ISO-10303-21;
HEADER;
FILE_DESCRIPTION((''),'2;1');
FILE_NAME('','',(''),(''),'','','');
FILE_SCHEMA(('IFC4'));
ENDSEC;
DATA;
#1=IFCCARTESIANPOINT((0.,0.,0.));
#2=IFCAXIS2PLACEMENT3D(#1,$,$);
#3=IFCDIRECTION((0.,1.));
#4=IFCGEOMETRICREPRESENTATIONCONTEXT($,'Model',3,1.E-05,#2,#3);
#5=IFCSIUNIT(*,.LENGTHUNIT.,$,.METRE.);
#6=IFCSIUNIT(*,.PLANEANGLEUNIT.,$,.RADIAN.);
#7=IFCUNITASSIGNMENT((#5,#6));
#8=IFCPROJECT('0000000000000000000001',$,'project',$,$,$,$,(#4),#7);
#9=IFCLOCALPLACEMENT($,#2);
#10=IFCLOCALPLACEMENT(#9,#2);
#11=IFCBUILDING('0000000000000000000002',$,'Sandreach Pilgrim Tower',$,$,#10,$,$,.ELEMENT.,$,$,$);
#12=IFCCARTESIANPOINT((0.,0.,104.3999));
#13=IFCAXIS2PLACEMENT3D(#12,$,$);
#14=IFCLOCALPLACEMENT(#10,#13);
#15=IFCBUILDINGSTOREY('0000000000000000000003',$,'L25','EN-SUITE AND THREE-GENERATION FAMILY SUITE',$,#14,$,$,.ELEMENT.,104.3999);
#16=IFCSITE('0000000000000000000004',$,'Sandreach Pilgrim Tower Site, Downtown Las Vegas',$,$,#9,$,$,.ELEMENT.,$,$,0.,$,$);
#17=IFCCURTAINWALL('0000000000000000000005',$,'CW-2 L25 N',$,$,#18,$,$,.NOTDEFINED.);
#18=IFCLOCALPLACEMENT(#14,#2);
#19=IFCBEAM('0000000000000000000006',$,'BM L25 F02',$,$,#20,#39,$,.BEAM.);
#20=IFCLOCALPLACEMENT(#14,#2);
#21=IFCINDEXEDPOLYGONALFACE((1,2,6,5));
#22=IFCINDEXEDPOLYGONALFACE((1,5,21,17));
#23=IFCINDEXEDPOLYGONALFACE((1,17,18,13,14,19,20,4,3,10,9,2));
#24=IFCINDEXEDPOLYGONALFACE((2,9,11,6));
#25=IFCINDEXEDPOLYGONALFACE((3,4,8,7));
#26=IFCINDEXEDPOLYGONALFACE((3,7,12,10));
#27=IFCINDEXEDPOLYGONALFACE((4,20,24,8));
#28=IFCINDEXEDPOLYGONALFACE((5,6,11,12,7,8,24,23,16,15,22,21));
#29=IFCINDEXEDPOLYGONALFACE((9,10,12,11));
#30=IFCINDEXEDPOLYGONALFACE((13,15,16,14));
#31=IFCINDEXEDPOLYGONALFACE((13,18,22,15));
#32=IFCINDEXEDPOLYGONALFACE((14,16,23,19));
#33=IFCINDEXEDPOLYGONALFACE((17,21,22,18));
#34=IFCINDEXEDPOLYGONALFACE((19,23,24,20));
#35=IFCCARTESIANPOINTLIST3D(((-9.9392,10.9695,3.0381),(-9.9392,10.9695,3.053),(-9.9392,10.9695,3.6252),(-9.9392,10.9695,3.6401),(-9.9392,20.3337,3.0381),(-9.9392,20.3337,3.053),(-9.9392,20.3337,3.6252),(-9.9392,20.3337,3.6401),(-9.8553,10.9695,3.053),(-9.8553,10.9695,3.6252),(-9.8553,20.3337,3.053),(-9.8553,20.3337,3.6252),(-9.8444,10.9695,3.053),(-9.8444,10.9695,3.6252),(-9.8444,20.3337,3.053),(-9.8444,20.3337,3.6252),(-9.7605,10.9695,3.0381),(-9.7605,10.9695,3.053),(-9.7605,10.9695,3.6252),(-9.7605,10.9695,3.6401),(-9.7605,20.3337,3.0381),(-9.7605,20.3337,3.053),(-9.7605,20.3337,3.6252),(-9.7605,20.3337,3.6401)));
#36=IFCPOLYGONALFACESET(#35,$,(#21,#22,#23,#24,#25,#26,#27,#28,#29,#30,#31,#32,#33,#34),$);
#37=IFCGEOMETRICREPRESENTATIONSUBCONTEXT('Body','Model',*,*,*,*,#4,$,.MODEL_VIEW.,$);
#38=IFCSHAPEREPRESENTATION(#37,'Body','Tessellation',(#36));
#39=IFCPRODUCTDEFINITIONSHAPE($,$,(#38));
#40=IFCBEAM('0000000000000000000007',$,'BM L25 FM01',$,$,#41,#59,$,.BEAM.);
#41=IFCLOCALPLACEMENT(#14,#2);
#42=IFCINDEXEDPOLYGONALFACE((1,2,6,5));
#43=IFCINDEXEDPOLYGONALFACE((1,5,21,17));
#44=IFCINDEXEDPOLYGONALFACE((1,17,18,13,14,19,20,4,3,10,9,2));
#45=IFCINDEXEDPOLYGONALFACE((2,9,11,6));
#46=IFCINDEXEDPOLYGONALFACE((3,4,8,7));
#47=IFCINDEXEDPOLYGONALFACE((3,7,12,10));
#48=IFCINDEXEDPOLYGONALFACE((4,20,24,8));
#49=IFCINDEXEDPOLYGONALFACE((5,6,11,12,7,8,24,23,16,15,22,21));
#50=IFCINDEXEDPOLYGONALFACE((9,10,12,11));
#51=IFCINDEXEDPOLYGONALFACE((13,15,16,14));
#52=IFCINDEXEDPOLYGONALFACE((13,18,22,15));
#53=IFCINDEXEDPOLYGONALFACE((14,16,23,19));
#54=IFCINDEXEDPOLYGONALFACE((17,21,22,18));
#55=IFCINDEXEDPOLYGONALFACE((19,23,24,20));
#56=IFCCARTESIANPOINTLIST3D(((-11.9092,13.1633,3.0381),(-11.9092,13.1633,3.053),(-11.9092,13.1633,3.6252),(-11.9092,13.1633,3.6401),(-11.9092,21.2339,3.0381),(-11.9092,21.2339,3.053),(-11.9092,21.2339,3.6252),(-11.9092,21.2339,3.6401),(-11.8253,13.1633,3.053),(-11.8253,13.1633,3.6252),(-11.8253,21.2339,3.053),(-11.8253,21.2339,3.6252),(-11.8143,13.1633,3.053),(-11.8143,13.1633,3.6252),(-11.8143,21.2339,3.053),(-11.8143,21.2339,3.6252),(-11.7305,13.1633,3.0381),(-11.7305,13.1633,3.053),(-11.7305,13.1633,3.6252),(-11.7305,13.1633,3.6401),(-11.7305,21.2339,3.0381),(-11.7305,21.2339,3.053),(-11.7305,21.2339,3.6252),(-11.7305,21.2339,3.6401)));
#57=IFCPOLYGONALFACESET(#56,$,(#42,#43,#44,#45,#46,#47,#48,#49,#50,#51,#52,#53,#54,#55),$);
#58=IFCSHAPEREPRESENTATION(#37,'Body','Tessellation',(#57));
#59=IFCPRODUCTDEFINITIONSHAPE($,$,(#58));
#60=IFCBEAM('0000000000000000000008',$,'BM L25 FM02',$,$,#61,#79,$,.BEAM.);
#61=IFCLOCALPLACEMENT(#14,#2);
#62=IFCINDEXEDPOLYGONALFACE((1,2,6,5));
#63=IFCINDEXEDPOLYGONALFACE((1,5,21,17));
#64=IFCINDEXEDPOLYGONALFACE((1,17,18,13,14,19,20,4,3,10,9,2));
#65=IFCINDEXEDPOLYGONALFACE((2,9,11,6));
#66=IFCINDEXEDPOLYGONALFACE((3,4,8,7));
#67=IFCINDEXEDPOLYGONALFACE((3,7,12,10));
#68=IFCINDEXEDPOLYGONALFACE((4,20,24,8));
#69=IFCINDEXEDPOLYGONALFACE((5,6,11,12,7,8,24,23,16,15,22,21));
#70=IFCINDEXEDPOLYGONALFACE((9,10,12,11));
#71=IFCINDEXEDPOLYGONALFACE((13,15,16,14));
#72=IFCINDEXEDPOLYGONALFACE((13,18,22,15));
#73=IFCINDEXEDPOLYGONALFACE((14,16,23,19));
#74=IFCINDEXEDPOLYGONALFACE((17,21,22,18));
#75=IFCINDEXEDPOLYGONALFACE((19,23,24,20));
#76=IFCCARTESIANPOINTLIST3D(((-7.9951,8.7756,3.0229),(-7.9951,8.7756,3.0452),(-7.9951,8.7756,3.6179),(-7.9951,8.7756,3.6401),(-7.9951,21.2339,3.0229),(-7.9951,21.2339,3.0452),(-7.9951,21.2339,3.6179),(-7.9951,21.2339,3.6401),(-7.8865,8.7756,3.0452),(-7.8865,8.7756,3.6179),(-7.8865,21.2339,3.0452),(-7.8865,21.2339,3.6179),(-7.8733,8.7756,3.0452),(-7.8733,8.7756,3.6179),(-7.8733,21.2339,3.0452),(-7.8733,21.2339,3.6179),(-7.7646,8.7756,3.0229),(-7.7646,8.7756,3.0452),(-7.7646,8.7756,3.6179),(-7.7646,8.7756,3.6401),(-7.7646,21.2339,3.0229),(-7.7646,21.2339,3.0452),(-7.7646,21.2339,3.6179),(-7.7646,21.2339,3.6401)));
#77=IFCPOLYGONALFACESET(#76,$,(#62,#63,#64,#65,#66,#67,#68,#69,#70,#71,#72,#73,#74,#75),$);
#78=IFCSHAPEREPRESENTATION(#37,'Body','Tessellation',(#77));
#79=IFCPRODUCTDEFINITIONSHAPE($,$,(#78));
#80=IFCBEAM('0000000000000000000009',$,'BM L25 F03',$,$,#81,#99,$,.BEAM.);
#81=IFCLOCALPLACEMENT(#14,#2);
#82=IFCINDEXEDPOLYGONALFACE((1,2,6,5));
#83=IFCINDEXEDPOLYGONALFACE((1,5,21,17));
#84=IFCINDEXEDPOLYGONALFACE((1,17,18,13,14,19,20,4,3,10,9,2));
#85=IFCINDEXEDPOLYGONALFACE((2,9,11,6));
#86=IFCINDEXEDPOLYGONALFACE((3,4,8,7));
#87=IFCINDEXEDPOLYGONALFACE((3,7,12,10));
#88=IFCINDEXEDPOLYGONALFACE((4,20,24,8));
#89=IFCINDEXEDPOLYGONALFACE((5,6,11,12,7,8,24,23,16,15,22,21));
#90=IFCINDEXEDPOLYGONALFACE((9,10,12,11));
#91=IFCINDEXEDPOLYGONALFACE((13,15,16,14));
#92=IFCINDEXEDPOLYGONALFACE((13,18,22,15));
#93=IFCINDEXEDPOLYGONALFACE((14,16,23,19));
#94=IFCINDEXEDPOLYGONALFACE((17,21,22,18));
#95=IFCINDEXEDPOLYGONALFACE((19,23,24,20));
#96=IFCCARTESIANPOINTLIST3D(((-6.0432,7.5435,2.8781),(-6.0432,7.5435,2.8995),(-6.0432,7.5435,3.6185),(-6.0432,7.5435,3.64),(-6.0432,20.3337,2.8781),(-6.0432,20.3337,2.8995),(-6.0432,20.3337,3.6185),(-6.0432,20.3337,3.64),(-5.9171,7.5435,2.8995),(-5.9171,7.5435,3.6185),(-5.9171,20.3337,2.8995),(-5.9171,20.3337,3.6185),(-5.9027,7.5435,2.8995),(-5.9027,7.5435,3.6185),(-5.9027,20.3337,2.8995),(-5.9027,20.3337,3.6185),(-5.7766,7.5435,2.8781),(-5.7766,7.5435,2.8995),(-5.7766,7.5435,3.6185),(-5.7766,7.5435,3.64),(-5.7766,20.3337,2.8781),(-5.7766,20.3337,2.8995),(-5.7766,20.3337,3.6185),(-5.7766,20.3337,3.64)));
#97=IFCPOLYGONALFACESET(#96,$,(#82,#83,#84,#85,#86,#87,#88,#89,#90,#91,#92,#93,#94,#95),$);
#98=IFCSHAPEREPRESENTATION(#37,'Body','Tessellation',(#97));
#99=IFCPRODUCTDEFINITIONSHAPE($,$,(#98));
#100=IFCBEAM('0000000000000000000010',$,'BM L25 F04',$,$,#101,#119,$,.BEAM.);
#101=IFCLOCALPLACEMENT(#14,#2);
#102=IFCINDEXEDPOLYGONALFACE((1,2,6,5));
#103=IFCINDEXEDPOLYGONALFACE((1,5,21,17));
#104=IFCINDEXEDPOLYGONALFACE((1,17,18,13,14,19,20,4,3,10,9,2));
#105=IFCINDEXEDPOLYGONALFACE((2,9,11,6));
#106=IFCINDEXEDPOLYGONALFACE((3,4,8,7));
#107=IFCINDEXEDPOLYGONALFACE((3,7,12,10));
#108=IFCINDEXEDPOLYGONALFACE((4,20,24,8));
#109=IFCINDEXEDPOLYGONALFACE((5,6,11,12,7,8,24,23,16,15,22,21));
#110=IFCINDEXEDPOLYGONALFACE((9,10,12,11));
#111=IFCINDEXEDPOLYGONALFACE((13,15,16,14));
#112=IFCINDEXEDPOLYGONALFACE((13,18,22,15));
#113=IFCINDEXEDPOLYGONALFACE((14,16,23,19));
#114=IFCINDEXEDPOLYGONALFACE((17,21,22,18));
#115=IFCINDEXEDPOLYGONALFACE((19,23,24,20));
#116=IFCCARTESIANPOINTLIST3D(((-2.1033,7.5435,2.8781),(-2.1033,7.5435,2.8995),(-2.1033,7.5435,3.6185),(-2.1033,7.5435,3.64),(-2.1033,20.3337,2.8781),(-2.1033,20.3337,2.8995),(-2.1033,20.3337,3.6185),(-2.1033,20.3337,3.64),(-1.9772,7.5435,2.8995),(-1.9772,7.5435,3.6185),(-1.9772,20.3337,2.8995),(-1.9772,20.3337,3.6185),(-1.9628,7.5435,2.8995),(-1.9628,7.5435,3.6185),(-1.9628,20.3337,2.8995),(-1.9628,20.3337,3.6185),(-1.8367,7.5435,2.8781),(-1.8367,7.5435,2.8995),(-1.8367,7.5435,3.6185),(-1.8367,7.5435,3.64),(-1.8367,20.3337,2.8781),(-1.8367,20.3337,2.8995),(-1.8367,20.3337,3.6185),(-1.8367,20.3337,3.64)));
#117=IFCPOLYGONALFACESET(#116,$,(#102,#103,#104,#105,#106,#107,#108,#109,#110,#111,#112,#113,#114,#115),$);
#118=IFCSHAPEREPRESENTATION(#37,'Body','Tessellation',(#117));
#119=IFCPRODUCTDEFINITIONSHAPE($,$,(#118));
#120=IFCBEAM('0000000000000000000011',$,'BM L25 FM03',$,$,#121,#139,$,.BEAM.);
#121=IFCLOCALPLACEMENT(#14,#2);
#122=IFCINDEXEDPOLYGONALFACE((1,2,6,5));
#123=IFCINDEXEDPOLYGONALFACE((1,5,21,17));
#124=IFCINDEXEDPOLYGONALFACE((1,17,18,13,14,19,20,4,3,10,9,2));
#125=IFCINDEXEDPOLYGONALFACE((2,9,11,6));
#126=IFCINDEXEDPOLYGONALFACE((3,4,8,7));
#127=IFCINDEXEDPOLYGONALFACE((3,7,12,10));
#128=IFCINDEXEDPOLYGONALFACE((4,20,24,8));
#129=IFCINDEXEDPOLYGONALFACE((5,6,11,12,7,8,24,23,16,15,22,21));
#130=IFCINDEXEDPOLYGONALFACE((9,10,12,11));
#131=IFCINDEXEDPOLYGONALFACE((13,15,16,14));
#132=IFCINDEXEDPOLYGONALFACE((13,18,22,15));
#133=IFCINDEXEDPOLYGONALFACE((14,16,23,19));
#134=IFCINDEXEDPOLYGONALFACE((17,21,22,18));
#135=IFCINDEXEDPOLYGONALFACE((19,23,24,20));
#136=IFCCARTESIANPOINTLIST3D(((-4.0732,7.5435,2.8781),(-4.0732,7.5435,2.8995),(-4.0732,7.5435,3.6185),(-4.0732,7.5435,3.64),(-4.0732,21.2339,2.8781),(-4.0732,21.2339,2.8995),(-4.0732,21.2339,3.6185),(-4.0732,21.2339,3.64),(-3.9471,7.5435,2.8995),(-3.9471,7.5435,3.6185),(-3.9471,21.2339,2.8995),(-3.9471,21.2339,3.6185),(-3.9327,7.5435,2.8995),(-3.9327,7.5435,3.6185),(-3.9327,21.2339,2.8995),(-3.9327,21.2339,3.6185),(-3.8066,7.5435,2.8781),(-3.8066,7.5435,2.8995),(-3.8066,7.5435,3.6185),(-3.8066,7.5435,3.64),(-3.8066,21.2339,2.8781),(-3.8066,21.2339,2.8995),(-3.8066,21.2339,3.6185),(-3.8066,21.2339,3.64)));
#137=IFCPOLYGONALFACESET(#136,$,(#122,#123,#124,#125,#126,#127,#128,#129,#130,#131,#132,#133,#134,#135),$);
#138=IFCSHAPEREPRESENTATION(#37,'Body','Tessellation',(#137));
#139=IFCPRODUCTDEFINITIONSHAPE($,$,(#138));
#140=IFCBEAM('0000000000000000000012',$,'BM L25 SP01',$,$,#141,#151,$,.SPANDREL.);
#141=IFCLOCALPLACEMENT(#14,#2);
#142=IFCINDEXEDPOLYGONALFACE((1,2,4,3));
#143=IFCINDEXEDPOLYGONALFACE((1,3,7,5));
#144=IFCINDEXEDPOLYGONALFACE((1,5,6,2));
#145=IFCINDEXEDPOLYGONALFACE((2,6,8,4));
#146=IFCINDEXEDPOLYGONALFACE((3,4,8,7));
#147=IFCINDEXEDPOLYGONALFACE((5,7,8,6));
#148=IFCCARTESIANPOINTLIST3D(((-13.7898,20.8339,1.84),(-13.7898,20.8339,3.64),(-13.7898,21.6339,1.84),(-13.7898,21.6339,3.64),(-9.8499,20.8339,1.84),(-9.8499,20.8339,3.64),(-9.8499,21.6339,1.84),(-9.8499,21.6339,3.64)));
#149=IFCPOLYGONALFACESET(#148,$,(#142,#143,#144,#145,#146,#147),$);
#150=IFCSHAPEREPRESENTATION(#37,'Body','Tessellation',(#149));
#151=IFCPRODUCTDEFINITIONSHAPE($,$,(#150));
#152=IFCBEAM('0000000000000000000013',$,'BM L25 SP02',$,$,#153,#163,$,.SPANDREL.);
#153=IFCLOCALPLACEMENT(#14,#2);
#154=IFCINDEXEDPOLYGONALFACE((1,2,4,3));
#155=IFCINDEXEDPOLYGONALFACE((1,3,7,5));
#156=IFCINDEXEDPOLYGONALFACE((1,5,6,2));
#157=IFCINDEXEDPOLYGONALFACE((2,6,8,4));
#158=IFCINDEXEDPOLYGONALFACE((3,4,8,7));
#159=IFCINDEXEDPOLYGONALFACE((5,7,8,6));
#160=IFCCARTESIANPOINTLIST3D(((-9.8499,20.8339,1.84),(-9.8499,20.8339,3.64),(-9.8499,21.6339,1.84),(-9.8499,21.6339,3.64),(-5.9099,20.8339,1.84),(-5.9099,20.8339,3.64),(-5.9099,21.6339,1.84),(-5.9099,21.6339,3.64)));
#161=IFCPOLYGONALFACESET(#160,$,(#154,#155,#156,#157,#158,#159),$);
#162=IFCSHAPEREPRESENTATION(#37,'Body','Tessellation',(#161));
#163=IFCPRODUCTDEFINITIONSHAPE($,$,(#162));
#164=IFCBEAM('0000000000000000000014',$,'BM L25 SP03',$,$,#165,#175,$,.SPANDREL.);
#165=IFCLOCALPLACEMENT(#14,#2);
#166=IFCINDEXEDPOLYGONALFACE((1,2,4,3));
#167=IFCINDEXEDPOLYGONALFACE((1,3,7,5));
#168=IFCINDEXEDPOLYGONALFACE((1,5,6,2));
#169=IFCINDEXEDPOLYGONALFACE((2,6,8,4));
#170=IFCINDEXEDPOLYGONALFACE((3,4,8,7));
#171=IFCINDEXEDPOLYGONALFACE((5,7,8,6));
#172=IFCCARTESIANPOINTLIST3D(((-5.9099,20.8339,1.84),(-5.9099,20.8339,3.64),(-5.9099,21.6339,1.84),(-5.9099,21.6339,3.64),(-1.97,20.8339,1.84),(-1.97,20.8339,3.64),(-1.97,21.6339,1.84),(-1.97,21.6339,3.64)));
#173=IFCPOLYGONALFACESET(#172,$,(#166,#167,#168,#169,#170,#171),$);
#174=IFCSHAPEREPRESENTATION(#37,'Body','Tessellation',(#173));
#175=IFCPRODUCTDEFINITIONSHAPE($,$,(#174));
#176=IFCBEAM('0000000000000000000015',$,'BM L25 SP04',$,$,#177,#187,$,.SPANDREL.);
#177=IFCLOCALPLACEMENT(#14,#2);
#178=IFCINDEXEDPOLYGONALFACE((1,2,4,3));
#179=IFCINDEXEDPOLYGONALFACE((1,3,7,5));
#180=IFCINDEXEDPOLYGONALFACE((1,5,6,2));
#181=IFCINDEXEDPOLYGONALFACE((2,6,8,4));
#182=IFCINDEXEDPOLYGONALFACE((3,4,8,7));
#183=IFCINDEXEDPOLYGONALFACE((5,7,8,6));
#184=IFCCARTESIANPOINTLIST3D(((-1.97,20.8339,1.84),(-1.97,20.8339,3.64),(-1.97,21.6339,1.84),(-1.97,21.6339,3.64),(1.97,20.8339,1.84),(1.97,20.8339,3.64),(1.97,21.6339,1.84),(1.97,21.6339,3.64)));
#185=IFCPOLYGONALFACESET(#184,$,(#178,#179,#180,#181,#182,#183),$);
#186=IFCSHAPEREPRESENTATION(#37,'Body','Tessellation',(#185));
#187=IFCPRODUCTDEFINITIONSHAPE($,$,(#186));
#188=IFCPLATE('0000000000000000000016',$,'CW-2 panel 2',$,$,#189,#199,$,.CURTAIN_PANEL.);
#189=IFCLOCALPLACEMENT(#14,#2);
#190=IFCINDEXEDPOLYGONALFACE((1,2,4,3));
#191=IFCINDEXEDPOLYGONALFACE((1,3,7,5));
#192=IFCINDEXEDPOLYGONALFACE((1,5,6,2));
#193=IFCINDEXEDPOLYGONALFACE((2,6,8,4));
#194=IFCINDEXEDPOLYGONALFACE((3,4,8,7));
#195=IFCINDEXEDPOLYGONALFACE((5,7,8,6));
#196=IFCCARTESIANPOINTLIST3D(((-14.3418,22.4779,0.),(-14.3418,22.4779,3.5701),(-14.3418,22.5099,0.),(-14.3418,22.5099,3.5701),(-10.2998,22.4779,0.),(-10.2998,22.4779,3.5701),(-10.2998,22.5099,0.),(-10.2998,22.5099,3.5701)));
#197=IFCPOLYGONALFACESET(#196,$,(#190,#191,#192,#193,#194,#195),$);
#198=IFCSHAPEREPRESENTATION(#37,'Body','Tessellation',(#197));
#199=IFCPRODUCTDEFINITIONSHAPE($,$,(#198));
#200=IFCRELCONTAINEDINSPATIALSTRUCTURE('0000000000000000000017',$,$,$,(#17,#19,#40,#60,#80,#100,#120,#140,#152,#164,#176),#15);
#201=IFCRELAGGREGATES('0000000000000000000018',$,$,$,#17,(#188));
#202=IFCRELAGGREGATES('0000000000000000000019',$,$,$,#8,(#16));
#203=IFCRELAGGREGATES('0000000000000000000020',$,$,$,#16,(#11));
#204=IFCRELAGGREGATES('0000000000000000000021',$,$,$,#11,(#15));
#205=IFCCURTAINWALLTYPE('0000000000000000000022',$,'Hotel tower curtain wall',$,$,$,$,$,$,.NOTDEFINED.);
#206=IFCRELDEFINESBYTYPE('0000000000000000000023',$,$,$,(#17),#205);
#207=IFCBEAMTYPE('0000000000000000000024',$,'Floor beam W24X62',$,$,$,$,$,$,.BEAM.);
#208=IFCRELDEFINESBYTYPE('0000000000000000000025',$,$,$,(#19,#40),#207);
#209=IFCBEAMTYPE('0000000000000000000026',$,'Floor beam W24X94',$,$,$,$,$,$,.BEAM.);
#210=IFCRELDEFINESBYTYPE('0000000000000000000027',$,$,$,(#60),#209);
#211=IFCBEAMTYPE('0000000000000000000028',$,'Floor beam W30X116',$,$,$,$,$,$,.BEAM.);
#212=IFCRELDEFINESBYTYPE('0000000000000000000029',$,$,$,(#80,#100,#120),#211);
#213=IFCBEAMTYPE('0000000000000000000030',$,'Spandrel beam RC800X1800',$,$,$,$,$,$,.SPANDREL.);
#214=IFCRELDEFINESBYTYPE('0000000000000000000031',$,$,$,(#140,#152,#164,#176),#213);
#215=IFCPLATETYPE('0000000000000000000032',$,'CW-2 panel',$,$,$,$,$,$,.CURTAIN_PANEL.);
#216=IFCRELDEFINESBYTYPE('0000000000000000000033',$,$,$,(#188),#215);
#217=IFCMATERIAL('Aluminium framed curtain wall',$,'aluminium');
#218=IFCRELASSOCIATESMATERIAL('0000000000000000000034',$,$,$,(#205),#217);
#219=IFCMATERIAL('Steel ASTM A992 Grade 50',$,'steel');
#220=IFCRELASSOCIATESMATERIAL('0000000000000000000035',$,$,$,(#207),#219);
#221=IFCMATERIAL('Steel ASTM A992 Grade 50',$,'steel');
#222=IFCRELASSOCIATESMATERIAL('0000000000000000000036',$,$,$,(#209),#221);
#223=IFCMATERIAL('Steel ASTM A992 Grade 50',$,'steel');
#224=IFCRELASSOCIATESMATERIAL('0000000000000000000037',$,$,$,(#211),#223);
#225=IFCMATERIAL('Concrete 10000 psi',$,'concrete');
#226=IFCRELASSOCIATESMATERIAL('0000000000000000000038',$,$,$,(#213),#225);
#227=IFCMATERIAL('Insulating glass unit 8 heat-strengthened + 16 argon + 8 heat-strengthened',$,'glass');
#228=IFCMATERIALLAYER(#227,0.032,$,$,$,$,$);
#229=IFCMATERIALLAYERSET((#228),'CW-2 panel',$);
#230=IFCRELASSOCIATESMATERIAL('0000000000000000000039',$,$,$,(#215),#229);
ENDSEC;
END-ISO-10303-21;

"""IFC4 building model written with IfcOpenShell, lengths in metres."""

from ifc_helpers import new_model, si_unit, direction, frame, origin, origin_2d, place, context, subcontext, project, spatial, rectangle, i_section, extrude, material, layer, layer_set, material_profile, profile_set, type_object, element, aggregate, save


model = new_model("IFC4")

# Units and contexts
model_context = context("Model", 3, precision=1e-05, world=origin(), true_north=direction((0.0, 1.0)))
body_context = subcontext(model_context, "Body", "Model", "MODEL_VIEW")
ifc_project = project(units=[si_unit("LENGTHUNIT", "METRE"), si_unit("PLANEANGLEUNIT", "RADIAN")], contexts=[model_context])

# Site, building, storey
site_placement = place(None, origin())
site = spatial("IfcSite", under=ifc_project, at=site_placement, Name="Sandreach Pilgrim Tower Site, Downtown Las Vegas", CompositionType="ELEMENT", RefElevation=0.0)
building_placement = place(site_placement, origin())
building = spatial("IfcBuilding", under=site, at=building_placement, Name="Sandreach Pilgrim Tower", CompositionType="ELEMENT")
storey_placement = place(building_placement, frame((0.0, 0.0, 104.3999)))
storey = spatial("IfcBuildingStorey", under=building, at=storey_placement, Name="L25", Description="EN-SUITE AND THREE-GENERATION FAMILY SUITE", CompositionType="ELEMENT", Elevation=104.3999)

# Curtain wall
ifc_material_1 = material(Name="Aluminium framed curtain wall", Category="aluminium")
curtain_wall_type = type_object("IfcCurtainWallType", Name="Hotel tower curtain wall", PredefinedType="NOTDEFINED", material=ifc_material_1)
curtain_wall_placement = place(storey_placement, origin())
curtain_wall = element("IfcCurtainWall", 1, at=curtain_wall_placement, inside=storey, type_object=curtain_wall_type, Name="CW-2 L25 N", PredefinedType="NOTDEFINED")

# Beams
ifc_material_2 = material(Name="Steel ASTM A992 Grade 50", Category="steel")
ifc_material_profile_1 = material_profile(ifc_material_2, i_section(OverallWidth=0.1787, OverallDepth=0.6021, WebThickness=0.011, FlangeThickness=0.0149, at=origin_2d()), Name="W24X62")
ifc_profile_set_1 = profile_set([ifc_material_profile_1], Name="Steel ASTM A992 Grade 50")
beam_type_1 = type_object("IfcBeamType", Name="Floor beam W24X62", PredefinedType="BEAM", material=ifc_profile_set_1)
beam_1_placement = place(storey_placement, frame((-9.8499, 20.3337, 3.3391), z_axis=(0.0, -1.0, 0.0), x_axis=(1.0, 0.0, 0.0)))
element("IfcBeam", 2, at=beam_1_placement, inside=storey, type_object=beam_type_1, Name="BM L25 F02", PredefinedType="BEAM", context=body_context, shape_type="SweptSolid", body=[
    extrude(i_section(OverallWidth=0.1787, OverallDepth=0.6021, WebThickness=0.011, FlangeThickness=0.0149, at=origin_2d()), origin(), (0.0, 0.0, 1.0), 9.3643),
])
beam_2_placement = place(storey_placement, frame((-11.8198, 21.2339, 3.3391), z_axis=(0.0, -1.0, 0.0), x_axis=(1.0, 0.0, 0.0)))
element("IfcBeam", 3, at=beam_2_placement, inside=storey, type_object=beam_type_1, Name="BM L25 FM01", PredefinedType="BEAM", context=body_context, shape_type="SweptSolid", body=[
    extrude(i_section(OverallWidth=0.1787, OverallDepth=0.6021, WebThickness=0.011, FlangeThickness=0.0149, at=origin_2d()), origin(), (0.0, 0.0, 1.0), 8.0706),
])
ifc_material_3 = material(Name="Steel ASTM A992 Grade 50", Category="steel")
ifc_material_profile_2 = material_profile(ifc_material_3, i_section(OverallWidth=0.2305, OverallDepth=0.6172, WebThickness=0.0132, FlangeThickness=0.0222, at=origin_2d()), Name="W24X94")
ifc_profile_set_2 = profile_set([ifc_material_profile_2], Name="Steel ASTM A992 Grade 50")
beam_type_2 = type_object("IfcBeamType", Name="Floor beam W24X94", PredefinedType="BEAM", material=ifc_profile_set_2)
beam_3_placement = place(storey_placement, frame((-7.8799, 21.2339, 3.3315), z_axis=(0.0, -1.0, 0.0), x_axis=(1.0, 0.0, 0.0)))
element("IfcBeam", 4, at=beam_3_placement, inside=storey, type_object=beam_type_2, Name="BM L25 FM02", PredefinedType="BEAM", context=body_context, shape_type="SweptSolid", body=[
    extrude(i_section(OverallWidth=0.2305, OverallDepth=0.6172, WebThickness=0.0132, FlangeThickness=0.0222, at=origin_2d()), origin(), (0.0, 0.0, 1.0), 12.4583),
])
ifc_material_4 = material(Name="Steel ASTM A992 Grade 50", Category="steel")
ifc_material_profile_3 = material_profile(ifc_material_4, i_section(OverallWidth=0.2666, OverallDepth=0.762, WebThickness=0.0144, FlangeThickness=0.0215, at=origin_2d()), Name="W30X116")
ifc_profile_set_3 = profile_set([ifc_material_profile_3], Name="Steel ASTM A992 Grade 50")
beam_type_3 = type_object("IfcBeamType", Name="Floor beam W30X116", PredefinedType="BEAM", material=ifc_profile_set_3)
for number, where, z_axis, x_axis, name in (
    (5, (-5.9099, 20.3337, 3.259), (0.0, -1.0, 0.0), (1.0, 0.0, 0.0), "BM L25 F03"),
    (6, (-1.97, 20.3337, 3.259), (0.0, -1.0, 0.0), (1.0, 0.0, 0.0), "BM L25 F04"),
):
    element("IfcBeam", number, at=place(storey_placement, frame(where, z_axis=z_axis, x_axis=x_axis)), inside=storey, type_object=beam_type_3, Name=name, PredefinedType="BEAM", context=body_context, shape_type="SweptSolid", body=[
        extrude(i_section(OverallWidth=0.2666, OverallDepth=0.762, WebThickness=0.0144, FlangeThickness=0.0215, at=origin_2d()), origin(), (0.0, 0.0, 1.0), 12.7903),
    ])
beam_4_placement = place(storey_placement, frame((-3.9399, 21.2339, 3.259), z_axis=(0.0, -1.0, 0.0), x_axis=(1.0, 0.0, 0.0)))
element("IfcBeam", 7, at=beam_4_placement, inside=storey, type_object=beam_type_3, Name="BM L25 FM03", PredefinedType="BEAM", context=body_context, shape_type="SweptSolid", body=[
    extrude(i_section(OverallWidth=0.2666, OverallDepth=0.762, WebThickness=0.0144, FlangeThickness=0.0215, at=origin_2d()), origin(), (0.0, 0.0, 1.0), 13.6904),
])
ifc_material_5 = material(Name="Concrete 10000 psi", Category="concrete")
ifc_material_profile_4 = material_profile(ifc_material_5, rectangle(XDim=0.8, YDim=1.8, at=origin_2d()), Name="RC800X1800")
ifc_profile_set_4 = profile_set([ifc_material_profile_4], Name="Concrete 10000 psi")
beam_type_4 = type_object("IfcBeamType", Name="Spandrel beam RC800X1800", PredefinedType="SPANDREL", material=ifc_profile_set_4)
for number, where, z_axis, x_axis, name in (
    (8, (-13.7898, 21.2339, 2.74), (1.0, 0.0, 0.0), (0.0, 1.0, 0.0), "BM L25 SP01"),
    (9, (-9.8499, 21.2339, 2.74), (1.0, 0.0, 0.0), (0.0, 1.0, 0.0), "BM L25 SP02"),
    (10, (-5.9099, 21.2339, 2.74), (1.0, 0.0, 0.0), (0.0, 1.0, 0.0), "BM L25 SP03"),
    (11, (-1.97, 21.2339, 2.74), (1.0, 0.0, 0.0), (0.0, 1.0, 0.0), "BM L25 SP04"),
):
    element("IfcBeam", number, at=place(storey_placement, frame(where, z_axis=z_axis, x_axis=x_axis)), inside=storey, type_object=beam_type_4, Name=name, PredefinedType="SPANDREL", context=body_context, shape_type="SweptSolid", body=[
        extrude(rectangle(XDim=0.8, YDim=1.8, at=origin_2d()), origin(), (0.0, 0.0, 1.0), 3.9399),
    ])

# Plate
ifc_material_6 = material(Name="Insulating glass unit 8 heat-strengthened + 16 argon + 8 heat-strengthened", Category="glass")
ifc_layer_1 = layer(ifc_material_6, 0.032)
ifc_layer_set_1 = layer_set([ifc_layer_1], Name="CW-2 panel")
plate_type = type_object("IfcPlateType", Name="CW-2 panel", PredefinedType="CURTAIN_PANEL", material=ifc_layer_set_1)
plate_1_placement = place(storey_placement, frame((-12.3208, 22.4939, 0.0), z_axis=(0.0, 0.0, 1.0), x_axis=(1.0, 0.0, 0.0)))
plate_1 = element("IfcPlate", 12, at=plate_1_placement, type_object=plate_type, Name="CW-2 panel 2", PredefinedType="CURTAIN_PANEL", context=body_context, shape_type="SweptSolid", body=[
    extrude(rectangle(XDim=4.042, YDim=0.032, at=origin_2d()), origin(), (0.0, 0.0, 1.0), 3.5701),
])
aggregate(curtain_wall, [plate_1])

save(model, "model.ifc")
